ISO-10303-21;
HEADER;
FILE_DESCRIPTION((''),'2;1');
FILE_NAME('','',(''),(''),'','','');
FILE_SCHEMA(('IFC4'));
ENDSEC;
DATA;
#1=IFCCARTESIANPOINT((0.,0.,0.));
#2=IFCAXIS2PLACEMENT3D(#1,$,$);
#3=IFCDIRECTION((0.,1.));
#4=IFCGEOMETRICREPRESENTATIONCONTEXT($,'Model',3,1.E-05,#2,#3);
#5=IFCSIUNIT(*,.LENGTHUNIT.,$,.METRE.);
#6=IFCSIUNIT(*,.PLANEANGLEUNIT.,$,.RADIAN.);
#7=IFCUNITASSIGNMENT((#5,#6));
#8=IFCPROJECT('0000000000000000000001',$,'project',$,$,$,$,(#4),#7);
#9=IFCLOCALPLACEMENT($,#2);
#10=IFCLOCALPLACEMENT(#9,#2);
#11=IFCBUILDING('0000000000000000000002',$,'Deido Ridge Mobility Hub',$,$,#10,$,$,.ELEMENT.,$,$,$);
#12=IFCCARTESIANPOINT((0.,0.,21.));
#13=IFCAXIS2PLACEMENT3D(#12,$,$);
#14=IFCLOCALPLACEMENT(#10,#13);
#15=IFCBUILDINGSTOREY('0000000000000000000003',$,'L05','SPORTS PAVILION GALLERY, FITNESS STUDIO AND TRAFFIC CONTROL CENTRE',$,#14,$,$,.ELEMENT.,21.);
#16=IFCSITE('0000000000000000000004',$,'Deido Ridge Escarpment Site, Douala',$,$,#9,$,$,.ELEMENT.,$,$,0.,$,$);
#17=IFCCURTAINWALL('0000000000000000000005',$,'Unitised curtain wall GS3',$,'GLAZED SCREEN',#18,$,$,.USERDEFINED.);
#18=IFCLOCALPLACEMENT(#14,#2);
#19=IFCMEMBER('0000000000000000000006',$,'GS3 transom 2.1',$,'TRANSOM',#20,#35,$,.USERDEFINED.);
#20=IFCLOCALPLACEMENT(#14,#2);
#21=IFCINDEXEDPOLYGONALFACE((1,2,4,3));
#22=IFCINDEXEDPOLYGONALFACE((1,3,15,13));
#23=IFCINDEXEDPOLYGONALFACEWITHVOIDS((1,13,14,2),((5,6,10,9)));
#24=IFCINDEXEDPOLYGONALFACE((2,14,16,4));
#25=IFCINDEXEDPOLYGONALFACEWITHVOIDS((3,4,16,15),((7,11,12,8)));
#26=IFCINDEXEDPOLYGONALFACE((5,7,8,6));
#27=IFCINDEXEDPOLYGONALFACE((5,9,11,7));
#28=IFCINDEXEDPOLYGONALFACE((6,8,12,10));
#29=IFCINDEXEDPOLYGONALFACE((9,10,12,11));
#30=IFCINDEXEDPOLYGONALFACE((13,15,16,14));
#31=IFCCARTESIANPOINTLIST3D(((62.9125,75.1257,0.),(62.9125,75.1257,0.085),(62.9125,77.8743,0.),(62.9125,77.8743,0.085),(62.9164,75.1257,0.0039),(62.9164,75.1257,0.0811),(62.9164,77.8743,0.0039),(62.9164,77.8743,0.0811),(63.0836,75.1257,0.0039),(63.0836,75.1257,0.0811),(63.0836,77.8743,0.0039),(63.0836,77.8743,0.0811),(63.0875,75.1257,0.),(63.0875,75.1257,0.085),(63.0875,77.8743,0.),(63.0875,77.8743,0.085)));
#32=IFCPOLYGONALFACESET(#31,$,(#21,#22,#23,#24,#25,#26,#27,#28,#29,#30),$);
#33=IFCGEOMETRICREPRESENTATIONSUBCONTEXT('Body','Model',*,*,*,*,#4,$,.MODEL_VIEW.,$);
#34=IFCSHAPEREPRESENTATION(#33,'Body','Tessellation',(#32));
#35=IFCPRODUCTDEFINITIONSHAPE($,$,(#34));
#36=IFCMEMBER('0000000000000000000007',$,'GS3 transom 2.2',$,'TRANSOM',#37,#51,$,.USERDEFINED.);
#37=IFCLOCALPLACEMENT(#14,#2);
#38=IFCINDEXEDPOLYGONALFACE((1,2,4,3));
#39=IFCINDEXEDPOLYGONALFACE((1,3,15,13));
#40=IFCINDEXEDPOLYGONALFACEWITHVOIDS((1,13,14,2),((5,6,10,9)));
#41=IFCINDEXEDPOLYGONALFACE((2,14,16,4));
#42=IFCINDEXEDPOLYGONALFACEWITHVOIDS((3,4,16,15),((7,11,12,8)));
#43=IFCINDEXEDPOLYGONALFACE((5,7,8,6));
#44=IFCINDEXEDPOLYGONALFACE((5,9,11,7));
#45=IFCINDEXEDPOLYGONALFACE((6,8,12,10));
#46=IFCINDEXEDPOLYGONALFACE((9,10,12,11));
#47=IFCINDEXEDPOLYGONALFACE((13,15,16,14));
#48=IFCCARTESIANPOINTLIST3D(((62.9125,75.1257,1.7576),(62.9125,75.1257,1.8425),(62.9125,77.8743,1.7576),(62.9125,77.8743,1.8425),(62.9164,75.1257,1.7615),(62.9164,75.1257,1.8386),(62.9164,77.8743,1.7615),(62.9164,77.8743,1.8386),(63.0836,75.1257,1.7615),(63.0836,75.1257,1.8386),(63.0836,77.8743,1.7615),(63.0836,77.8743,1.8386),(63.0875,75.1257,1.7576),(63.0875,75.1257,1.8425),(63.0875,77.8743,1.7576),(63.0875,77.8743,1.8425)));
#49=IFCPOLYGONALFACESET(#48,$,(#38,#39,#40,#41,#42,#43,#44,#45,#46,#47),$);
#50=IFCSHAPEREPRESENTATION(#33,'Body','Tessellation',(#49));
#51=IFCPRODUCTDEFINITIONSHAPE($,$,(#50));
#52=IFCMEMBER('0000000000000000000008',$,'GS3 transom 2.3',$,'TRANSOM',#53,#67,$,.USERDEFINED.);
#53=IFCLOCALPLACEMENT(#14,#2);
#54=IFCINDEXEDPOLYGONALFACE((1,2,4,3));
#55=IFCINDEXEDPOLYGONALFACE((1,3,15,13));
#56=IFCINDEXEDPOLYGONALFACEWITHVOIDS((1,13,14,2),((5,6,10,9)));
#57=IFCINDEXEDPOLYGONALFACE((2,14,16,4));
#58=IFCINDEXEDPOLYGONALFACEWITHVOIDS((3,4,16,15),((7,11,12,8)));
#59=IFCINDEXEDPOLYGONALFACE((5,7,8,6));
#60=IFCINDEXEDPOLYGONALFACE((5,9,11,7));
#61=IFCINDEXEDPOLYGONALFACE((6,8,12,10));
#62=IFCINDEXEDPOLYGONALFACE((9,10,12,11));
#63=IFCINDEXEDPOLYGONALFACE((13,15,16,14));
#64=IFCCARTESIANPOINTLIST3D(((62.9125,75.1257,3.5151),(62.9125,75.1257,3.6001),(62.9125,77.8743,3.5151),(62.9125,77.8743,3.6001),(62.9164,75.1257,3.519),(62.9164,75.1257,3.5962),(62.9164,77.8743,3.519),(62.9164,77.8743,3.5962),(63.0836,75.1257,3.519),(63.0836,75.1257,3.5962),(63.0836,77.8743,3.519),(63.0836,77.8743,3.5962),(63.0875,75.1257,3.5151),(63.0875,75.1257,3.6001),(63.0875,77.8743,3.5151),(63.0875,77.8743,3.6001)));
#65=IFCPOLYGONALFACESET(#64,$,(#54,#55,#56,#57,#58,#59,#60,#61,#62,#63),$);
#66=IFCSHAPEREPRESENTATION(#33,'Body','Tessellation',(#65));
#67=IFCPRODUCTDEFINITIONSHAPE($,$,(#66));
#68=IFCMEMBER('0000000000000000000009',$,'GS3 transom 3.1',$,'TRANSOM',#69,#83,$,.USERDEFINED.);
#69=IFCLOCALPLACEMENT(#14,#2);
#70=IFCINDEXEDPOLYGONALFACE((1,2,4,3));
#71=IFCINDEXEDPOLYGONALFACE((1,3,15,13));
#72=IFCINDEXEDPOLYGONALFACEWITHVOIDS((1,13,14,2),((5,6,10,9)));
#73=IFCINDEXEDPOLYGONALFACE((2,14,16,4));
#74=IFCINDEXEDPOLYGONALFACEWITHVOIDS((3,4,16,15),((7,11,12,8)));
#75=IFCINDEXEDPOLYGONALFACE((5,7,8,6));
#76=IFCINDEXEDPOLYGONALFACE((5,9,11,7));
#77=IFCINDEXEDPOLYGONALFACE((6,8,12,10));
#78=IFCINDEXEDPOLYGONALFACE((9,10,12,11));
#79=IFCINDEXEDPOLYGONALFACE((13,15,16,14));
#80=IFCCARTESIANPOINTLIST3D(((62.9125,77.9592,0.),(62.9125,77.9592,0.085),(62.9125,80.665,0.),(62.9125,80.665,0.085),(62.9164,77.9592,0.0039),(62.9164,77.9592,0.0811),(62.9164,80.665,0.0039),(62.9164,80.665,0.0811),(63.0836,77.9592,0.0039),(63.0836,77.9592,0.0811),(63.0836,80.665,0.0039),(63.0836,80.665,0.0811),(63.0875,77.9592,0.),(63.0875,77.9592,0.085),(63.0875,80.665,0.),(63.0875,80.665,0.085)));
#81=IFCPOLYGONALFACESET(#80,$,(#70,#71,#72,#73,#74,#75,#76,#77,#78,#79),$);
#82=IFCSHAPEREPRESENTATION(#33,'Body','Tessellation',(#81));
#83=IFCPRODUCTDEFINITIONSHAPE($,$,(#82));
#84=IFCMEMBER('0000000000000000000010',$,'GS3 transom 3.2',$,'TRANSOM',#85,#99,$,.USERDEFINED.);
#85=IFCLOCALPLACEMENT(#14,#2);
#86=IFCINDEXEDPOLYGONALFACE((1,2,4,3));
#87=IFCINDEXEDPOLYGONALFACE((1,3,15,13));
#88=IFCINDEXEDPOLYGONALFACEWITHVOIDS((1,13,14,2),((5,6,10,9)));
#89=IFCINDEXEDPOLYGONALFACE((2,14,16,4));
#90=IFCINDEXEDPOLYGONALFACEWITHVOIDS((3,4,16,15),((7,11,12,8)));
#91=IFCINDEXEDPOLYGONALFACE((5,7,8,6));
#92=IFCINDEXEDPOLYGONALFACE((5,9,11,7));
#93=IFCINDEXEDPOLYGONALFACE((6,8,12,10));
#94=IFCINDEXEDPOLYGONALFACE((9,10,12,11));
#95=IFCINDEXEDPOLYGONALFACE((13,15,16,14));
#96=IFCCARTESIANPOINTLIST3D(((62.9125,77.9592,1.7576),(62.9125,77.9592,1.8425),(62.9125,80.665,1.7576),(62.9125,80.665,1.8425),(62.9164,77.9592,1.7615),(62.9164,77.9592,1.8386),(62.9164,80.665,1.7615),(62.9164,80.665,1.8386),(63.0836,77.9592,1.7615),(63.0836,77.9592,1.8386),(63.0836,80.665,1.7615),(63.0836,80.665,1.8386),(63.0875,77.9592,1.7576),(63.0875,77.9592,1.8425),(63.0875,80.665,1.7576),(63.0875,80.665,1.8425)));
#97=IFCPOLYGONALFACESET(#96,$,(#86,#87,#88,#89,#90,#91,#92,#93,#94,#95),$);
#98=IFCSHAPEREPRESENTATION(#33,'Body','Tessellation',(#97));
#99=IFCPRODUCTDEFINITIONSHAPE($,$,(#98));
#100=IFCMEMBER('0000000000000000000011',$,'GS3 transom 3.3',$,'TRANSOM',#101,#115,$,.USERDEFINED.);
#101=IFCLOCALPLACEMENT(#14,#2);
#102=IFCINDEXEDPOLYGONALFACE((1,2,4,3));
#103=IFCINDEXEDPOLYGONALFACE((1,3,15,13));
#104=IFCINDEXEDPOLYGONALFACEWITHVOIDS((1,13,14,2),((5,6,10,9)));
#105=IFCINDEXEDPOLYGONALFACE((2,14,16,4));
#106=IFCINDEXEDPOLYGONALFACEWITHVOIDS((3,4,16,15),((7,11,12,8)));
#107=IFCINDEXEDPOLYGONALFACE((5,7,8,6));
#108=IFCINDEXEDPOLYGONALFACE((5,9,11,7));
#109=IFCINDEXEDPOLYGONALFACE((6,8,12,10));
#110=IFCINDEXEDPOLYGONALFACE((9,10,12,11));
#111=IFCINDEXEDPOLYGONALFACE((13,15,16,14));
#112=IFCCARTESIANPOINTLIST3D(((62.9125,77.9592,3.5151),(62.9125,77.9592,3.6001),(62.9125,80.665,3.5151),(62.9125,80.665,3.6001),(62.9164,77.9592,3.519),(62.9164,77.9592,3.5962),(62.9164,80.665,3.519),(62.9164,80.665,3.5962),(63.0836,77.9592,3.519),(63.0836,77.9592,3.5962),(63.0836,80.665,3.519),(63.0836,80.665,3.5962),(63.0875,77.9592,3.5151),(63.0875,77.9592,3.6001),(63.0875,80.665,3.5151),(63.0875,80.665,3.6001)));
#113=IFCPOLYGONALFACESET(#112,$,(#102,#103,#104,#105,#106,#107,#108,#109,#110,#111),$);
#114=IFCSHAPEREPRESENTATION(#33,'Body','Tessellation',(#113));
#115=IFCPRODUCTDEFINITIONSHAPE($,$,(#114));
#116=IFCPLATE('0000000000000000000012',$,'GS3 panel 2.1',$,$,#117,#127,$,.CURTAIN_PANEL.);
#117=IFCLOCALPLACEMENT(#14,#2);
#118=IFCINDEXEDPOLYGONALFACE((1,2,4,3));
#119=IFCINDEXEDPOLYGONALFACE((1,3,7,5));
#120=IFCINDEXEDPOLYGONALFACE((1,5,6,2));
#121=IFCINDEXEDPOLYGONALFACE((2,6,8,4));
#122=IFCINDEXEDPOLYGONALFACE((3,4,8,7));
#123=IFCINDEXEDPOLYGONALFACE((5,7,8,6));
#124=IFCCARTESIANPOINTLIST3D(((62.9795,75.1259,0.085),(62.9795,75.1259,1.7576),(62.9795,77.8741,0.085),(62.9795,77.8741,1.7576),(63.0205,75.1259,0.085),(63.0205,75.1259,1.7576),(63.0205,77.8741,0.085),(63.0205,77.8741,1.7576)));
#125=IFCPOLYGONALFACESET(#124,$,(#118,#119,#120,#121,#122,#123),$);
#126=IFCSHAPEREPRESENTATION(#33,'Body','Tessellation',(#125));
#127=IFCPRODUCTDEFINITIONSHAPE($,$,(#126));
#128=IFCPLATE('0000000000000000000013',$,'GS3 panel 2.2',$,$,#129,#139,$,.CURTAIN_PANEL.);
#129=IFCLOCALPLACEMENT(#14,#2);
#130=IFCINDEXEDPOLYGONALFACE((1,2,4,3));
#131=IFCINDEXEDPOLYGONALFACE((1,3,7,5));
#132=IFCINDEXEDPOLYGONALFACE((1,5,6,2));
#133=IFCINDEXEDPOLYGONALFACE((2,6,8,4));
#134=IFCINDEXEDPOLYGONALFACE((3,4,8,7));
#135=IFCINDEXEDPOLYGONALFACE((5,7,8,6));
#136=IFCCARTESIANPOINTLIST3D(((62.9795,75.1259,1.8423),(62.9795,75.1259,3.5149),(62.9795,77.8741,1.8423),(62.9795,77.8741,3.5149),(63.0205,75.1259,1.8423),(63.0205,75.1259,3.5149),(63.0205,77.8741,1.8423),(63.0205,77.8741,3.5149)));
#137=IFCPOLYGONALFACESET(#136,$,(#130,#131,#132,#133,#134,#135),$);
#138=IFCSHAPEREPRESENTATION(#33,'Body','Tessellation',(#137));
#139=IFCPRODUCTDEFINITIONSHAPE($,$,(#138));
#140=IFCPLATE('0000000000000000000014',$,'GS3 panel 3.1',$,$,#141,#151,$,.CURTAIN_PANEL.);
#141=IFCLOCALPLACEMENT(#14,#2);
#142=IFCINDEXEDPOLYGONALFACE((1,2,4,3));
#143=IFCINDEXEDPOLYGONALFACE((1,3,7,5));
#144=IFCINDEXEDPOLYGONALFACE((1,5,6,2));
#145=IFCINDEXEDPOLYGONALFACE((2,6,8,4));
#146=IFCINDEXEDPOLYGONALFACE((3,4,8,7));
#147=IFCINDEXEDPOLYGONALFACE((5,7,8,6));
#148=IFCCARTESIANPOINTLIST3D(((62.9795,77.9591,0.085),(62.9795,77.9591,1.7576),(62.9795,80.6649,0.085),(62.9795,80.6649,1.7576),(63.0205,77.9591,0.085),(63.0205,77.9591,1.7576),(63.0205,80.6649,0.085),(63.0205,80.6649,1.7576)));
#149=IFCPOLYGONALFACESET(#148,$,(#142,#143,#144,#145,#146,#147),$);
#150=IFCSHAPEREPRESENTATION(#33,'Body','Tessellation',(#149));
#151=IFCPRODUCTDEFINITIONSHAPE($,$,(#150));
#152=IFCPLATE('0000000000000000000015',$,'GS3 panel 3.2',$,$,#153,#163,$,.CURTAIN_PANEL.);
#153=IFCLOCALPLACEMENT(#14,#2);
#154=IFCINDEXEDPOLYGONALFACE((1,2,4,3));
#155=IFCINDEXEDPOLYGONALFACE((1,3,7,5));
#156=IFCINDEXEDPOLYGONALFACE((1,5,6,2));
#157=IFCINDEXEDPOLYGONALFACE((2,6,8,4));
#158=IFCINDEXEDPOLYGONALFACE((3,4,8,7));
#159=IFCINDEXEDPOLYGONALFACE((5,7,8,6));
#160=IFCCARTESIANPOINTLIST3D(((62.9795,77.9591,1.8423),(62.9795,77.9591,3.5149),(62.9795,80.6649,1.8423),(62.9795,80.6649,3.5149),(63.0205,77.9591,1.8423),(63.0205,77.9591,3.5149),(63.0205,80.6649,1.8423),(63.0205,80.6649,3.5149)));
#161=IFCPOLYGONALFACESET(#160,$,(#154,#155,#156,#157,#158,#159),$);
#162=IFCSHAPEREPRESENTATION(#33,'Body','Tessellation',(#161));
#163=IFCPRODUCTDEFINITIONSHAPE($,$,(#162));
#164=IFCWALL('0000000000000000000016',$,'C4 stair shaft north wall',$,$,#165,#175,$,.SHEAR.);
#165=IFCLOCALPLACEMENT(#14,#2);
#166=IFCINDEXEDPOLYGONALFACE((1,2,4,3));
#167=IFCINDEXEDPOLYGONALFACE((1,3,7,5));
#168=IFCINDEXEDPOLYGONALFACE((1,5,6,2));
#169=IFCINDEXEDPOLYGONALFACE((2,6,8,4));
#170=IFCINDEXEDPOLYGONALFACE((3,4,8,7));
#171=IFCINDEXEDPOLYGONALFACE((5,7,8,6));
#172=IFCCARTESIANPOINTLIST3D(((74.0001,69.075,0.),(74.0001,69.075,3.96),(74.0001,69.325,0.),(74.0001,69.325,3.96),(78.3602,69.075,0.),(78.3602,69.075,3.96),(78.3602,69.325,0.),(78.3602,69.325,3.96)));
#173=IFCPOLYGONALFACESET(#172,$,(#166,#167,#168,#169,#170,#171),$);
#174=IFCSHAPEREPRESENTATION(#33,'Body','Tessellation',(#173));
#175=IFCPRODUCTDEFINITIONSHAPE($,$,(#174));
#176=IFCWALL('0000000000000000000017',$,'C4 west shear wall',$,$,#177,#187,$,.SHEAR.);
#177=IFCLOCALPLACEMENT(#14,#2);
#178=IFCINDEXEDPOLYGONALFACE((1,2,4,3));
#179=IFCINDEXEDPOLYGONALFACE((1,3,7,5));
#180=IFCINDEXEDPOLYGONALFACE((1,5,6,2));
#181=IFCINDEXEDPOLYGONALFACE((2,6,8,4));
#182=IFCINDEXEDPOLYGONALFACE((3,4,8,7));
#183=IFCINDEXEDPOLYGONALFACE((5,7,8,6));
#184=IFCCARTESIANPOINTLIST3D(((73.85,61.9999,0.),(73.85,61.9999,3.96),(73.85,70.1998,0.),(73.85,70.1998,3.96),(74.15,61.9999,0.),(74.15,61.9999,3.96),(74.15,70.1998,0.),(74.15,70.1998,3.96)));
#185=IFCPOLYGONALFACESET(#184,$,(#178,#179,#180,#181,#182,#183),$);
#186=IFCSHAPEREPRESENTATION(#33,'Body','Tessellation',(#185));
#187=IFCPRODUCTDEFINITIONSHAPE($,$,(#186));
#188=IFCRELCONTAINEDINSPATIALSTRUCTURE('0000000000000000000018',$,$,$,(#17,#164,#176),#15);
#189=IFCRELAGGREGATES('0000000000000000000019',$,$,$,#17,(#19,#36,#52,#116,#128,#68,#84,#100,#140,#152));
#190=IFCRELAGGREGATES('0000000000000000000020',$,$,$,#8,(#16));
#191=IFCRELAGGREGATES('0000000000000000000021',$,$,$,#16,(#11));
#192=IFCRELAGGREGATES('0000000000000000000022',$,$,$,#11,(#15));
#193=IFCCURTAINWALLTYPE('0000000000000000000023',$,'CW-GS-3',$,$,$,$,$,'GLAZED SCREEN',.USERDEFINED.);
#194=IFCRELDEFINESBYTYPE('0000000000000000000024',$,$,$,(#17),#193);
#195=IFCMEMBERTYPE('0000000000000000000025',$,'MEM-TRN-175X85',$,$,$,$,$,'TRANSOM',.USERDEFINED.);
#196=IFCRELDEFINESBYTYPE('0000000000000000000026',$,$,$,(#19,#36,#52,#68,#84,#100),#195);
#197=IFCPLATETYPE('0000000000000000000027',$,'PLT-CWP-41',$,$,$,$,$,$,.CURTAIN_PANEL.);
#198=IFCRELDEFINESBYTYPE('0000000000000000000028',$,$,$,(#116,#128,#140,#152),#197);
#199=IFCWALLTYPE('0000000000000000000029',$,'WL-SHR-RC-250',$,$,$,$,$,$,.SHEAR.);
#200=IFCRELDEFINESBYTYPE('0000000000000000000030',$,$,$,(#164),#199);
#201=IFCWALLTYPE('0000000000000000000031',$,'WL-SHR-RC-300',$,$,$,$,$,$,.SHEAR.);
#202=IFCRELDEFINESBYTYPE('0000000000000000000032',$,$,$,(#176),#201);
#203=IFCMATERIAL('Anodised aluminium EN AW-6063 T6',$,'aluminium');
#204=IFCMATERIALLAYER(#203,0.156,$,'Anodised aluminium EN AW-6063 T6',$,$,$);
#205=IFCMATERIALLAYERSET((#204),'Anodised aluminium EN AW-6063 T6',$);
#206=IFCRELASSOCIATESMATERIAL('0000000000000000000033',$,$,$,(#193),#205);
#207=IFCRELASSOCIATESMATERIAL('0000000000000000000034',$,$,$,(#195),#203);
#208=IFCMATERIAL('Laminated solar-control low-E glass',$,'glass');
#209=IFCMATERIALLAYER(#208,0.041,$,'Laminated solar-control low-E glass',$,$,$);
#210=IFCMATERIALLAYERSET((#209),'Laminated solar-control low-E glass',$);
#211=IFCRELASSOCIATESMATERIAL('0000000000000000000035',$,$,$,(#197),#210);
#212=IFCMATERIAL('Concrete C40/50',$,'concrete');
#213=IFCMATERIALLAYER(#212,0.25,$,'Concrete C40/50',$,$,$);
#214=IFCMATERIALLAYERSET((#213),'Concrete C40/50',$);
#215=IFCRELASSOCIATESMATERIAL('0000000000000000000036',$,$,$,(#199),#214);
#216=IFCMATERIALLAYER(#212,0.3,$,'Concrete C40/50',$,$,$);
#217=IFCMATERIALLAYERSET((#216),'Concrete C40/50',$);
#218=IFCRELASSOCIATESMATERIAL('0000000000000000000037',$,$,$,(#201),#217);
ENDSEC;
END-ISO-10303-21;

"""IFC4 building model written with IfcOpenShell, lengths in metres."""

from ifc_helpers import new_model, si_unit, direction, frame, frame_2d, origin, origin_2d, place, context, subcontext, project, spatial, rectangle, hollow_rectangle, extrude, material, layer, layer_set, material_profile, profile_set, type_object, element, aggregate, save


model = new_model("IFC4")

# Units and contexts
model_context = context("Model", 3, precision=1e-05, world=origin(), true_north=direction((0.0, 1.0)))
body_context = subcontext(model_context, "Body", "Model", "MODEL_VIEW")
ifc_project = project(units=[si_unit("LENGTHUNIT", "METRE"), si_unit("PLANEANGLEUNIT", "RADIAN")], contexts=[model_context])

# Site, building, storey
site_placement = place(None, origin())
site = spatial("IfcSite", under=ifc_project, at=site_placement, Name="Deido Ridge Escarpment Site, Douala", CompositionType="ELEMENT", RefElevation=0.0)
building_placement = place(site_placement, origin())
building = spatial("IfcBuilding", under=site, at=building_placement, Name="Deido Ridge Mobility Hub", CompositionType="ELEMENT")
storey_placement = place(building_placement, frame((0.0, 0.0, 21.0)))
storey = spatial("IfcBuildingStorey", under=building, at=storey_placement, Name="L05", Description="SPORTS PAVILION GALLERY, FITNESS STUDIO AND TRAFFIC CONTROL CENTRE", CompositionType="ELEMENT", Elevation=21.0)

# Curtain wall, members, plates
ifc_material_1 = material(Name="Anodised aluminium EN AW-6063 T6", Category="aluminium")
ifc_layer_1 = layer(ifc_material_1, 0.156, Name="Anodised aluminium EN AW-6063 T6")
ifc_layer_set_1 = layer_set([ifc_layer_1], Name="Anodised aluminium EN AW-6063 T6")
curtain_wall_type = type_object("IfcCurtainWallType", Name="CW-GS-3", ElementType="GLAZED SCREEN", PredefinedType="USERDEFINED", material=ifc_layer_set_1)
curtain_wall_placement = place(storey_placement, origin())
curtain_wall = element("IfcCurtainWall", 1, at=curtain_wall_placement, inside=storey, type_object=curtain_wall_type, Name="Unitised curtain wall GS3", ObjectType="GLAZED SCREEN", PredefinedType="USERDEFINED")
ifc_material_profile_1 = material_profile(ifc_material_1, hollow_rectangle(XDim=0.175, YDim=0.085, WallThickness=0.0039, at=origin_2d()), Name="RHS 175x85x4")
ifc_profile_set_1 = profile_set([ifc_material_profile_1], Name="Anodised aluminium EN AW-6063 T6")
member_type_1 = type_object("IfcMemberType", Name="MEM-TRN-175X85", ElementType="TRANSOM", PredefinedType="USERDEFINED", material=ifc_profile_set_1)
member_1_placement = place(storey_placement, frame((63.0, 75.1257, 0.0425), z_axis=(0.0, 1.0, 0.0), x_axis=(-1.0, 0.0, 0.0)))
member_1 = element("IfcMember", 2, at=member_1_placement, type_object=member_type_1, Name="GS3 transom 2.1", ObjectType="TRANSOM", PredefinedType="USERDEFINED", context=body_context, shape_type="SweptSolid", body=[
    extrude(hollow_rectangle(XDim=0.175, YDim=0.085, WallThickness=0.0039, at=origin_2d()), origin(), (0.0, 0.0, 1.0), 2.7485),
])
member_2_placement = place(storey_placement, frame((63.0, 75.1257, 1.8), z_axis=(0.0, 1.0, 0.0), x_axis=(-1.0, 0.0, 0.0)))
member_2 = element("IfcMember", 3, at=member_2_placement, type_object=member_type_1, Name="GS3 transom 2.2", ObjectType="TRANSOM", PredefinedType="USERDEFINED", context=body_context, shape_type="SweptSolid", body=[
    extrude(hollow_rectangle(XDim=0.175, YDim=0.085, WallThickness=0.0039, at=origin_2d()), origin(), (0.0, 0.0, 1.0), 2.7485),
])
member_3_placement = place(storey_placement, frame((63.0, 75.1257, 3.5576), z_axis=(0.0, 1.0, 0.0), x_axis=(-1.0, 0.0, 0.0)))
member_3 = element("IfcMember", 4, at=member_3_placement, type_object=member_type_1, Name="GS3 transom 2.3", ObjectType="TRANSOM", PredefinedType="USERDEFINED", context=body_context, shape_type="SweptSolid", body=[
    extrude(hollow_rectangle(XDim=0.175, YDim=0.085, WallThickness=0.0039, at=origin_2d()), origin(), (0.0, 0.0, 1.0), 2.7485),
])
member_4_placement = place(storey_placement, frame((63.0, 77.9592, 0.0425), z_axis=(0.0, 1.0, 0.0), x_axis=(-1.0, 0.0, 0.0)))
member_4 = element("IfcMember", 5, at=member_4_placement, type_object=member_type_1, Name="GS3 transom 3.1", ObjectType="TRANSOM", PredefinedType="USERDEFINED", context=body_context, shape_type="SweptSolid", body=[
    extrude(hollow_rectangle(XDim=0.175, YDim=0.085, WallThickness=0.0039, at=origin_2d()), origin(), (0.0, 0.0, 1.0), 2.7058),
])
member_5_placement = place(storey_placement, frame((63.0, 77.9592, 1.8), z_axis=(0.0, 1.0, 0.0), x_axis=(-1.0, 0.0, 0.0)))
member_5 = element("IfcMember", 6, at=member_5_placement, type_object=member_type_1, Name="GS3 transom 3.2", ObjectType="TRANSOM", PredefinedType="USERDEFINED", context=body_context, shape_type="SweptSolid", body=[
    extrude(hollow_rectangle(XDim=0.175, YDim=0.085, WallThickness=0.0039, at=origin_2d()), origin(), (0.0, 0.0, 1.0), 2.7058),
])
member_6_placement = place(storey_placement, frame((63.0, 77.9592, 3.5576), z_axis=(0.0, 1.0, 0.0), x_axis=(-1.0, 0.0, 0.0)))
member_6 = element("IfcMember", 7, at=member_6_placement, type_object=member_type_1, Name="GS3 transom 3.3", ObjectType="TRANSOM", PredefinedType="USERDEFINED", context=body_context, shape_type="SweptSolid", body=[
    extrude(hollow_rectangle(XDim=0.175, YDim=0.085, WallThickness=0.0039, at=origin_2d()), origin(), (0.0, 0.0, 1.0), 2.7058),
])
ifc_material_2 = material(Name="Laminated solar-control low-E glass", Category="glass")
ifc_layer_2 = layer(ifc_material_2, 0.041, Name="Laminated solar-control low-E glass")
ifc_layer_set_2 = layer_set([ifc_layer_2], Name="Laminated solar-control low-E glass")
plate_type = type_object("IfcPlateType", Name="PLT-CWP-41", PredefinedType="CURTAIN_PANEL", material=ifc_layer_set_2)
plate_1_placement = place(storey_placement, frame((63.0, 76.5, 0.085), z_axis=(0.0, 0.0, 1.0), x_axis=(0.0, 1.0, 0.0)))
plate_1 = element("IfcPlate", 8, at=plate_1_placement, type_object=plate_type, Name="GS3 panel 2.1", PredefinedType="CURTAIN_PANEL", context=body_context, shape_type="SweptSolid", body=[
    extrude(rectangle(XDim=2.7483, YDim=0.041, at=origin_2d()), origin(), (0.0, 0.0, 1.0), 1.6726),
])
plate_2_placement = place(storey_placement, frame((63.0, 76.5, 1.8423), z_axis=(0.0, 0.0, 1.0), x_axis=(0.0, 1.0, 0.0)))
plate_2 = element("IfcPlate", 9, at=plate_2_placement, type_object=plate_type, Name="GS3 panel 2.2", PredefinedType="CURTAIN_PANEL", context=body_context, shape_type="SweptSolid", body=[
    extrude(rectangle(XDim=2.7483, YDim=0.041, at=origin_2d()), origin(), (0.0, 0.0, 1.0), 1.6726),
])
plate_3_placement = place(storey_placement, frame((63.0, 79.312, 0.085), z_axis=(0.0, 0.0, 1.0), x_axis=(0.0, 1.0, 0.0)))
plate_3 = element("IfcPlate", 10, at=plate_3_placement, type_object=plate_type, Name="GS3 panel 3.1", PredefinedType="CURTAIN_PANEL", context=body_context, shape_type="SweptSolid", body=[
    extrude(rectangle(XDim=2.7058, YDim=0.041, at=origin_2d()), origin(), (0.0, 0.0, 1.0), 1.6726),
])
plate_4_placement = place(storey_placement, frame((63.0, 79.312, 1.8423), z_axis=(0.0, 0.0, 1.0), x_axis=(0.0, 1.0, 0.0)))
plate_4 = element("IfcPlate", 11, at=plate_4_placement, type_object=plate_type, Name="GS3 panel 3.2", PredefinedType="CURTAIN_PANEL", context=body_context, shape_type="SweptSolid", body=[
    extrude(rectangle(XDim=2.7058, YDim=0.041, at=origin_2d()), origin(), (0.0, 0.0, 1.0), 1.6726),
])
aggregate(curtain_wall, [member_1, member_2, member_3, plate_1, plate_2, member_4, member_5, member_6, plate_3, plate_4])

# Walls
ifc_material_3 = material(Name="Concrete C40/50", Category="concrete")
ifc_layer_3 = layer(ifc_material_3, 0.25, Name="Concrete C40/50")
ifc_layer_set_3 = layer_set([ifc_layer_3], Name="Concrete C40/50")
wall_type_1 = type_object("IfcWallType", Name="WL-SHR-RC-250", PredefinedType="SHEAR", material=ifc_layer_set_3)
wall_1_placement = place(storey_placement, frame((74.0, 69.2, 0.0), z_axis=(0.0, 0.0, 1.0), x_axis=(1.0, 0.0, 0.0)))
element("IfcWall", 12, at=wall_1_placement, inside=storey, type_object=wall_type_1, Name="C4 stair shaft north wall", PredefinedType="SHEAR", context=body_context, shape_type="SweptSolid", body=[
    extrude(rectangle(XDim=4.3601, YDim=0.25, at=frame_2d((2.1802, 0.0))), origin(), (0.0, 0.0, 1.0), 3.96),
])
ifc_layer_4 = layer(ifc_material_3, 0.3, Name="Concrete C40/50")
ifc_layer_set_4 = layer_set([ifc_layer_4], Name="Concrete C40/50")
wall_type_2 = type_object("IfcWallType", Name="WL-SHR-RC-300", PredefinedType="SHEAR", material=ifc_layer_set_4)
wall_2_placement = place(storey_placement, frame((74.0, 70.2, 0.0), z_axis=(0.0, 0.0, 1.0), x_axis=(0.0, -1.0, 0.0)))
element("IfcWall", 13, at=wall_2_placement, inside=storey, type_object=wall_type_2, Name="C4 west shear wall", PredefinedType="SHEAR", context=body_context, shape_type="SweptSolid", body=[
    extrude(rectangle(XDim=8.2, YDim=0.3, at=frame_2d((4.1001, 0.0))), origin(), (0.0, 0.0, 1.0), 3.96),
])

save(model, "model.ifc")
